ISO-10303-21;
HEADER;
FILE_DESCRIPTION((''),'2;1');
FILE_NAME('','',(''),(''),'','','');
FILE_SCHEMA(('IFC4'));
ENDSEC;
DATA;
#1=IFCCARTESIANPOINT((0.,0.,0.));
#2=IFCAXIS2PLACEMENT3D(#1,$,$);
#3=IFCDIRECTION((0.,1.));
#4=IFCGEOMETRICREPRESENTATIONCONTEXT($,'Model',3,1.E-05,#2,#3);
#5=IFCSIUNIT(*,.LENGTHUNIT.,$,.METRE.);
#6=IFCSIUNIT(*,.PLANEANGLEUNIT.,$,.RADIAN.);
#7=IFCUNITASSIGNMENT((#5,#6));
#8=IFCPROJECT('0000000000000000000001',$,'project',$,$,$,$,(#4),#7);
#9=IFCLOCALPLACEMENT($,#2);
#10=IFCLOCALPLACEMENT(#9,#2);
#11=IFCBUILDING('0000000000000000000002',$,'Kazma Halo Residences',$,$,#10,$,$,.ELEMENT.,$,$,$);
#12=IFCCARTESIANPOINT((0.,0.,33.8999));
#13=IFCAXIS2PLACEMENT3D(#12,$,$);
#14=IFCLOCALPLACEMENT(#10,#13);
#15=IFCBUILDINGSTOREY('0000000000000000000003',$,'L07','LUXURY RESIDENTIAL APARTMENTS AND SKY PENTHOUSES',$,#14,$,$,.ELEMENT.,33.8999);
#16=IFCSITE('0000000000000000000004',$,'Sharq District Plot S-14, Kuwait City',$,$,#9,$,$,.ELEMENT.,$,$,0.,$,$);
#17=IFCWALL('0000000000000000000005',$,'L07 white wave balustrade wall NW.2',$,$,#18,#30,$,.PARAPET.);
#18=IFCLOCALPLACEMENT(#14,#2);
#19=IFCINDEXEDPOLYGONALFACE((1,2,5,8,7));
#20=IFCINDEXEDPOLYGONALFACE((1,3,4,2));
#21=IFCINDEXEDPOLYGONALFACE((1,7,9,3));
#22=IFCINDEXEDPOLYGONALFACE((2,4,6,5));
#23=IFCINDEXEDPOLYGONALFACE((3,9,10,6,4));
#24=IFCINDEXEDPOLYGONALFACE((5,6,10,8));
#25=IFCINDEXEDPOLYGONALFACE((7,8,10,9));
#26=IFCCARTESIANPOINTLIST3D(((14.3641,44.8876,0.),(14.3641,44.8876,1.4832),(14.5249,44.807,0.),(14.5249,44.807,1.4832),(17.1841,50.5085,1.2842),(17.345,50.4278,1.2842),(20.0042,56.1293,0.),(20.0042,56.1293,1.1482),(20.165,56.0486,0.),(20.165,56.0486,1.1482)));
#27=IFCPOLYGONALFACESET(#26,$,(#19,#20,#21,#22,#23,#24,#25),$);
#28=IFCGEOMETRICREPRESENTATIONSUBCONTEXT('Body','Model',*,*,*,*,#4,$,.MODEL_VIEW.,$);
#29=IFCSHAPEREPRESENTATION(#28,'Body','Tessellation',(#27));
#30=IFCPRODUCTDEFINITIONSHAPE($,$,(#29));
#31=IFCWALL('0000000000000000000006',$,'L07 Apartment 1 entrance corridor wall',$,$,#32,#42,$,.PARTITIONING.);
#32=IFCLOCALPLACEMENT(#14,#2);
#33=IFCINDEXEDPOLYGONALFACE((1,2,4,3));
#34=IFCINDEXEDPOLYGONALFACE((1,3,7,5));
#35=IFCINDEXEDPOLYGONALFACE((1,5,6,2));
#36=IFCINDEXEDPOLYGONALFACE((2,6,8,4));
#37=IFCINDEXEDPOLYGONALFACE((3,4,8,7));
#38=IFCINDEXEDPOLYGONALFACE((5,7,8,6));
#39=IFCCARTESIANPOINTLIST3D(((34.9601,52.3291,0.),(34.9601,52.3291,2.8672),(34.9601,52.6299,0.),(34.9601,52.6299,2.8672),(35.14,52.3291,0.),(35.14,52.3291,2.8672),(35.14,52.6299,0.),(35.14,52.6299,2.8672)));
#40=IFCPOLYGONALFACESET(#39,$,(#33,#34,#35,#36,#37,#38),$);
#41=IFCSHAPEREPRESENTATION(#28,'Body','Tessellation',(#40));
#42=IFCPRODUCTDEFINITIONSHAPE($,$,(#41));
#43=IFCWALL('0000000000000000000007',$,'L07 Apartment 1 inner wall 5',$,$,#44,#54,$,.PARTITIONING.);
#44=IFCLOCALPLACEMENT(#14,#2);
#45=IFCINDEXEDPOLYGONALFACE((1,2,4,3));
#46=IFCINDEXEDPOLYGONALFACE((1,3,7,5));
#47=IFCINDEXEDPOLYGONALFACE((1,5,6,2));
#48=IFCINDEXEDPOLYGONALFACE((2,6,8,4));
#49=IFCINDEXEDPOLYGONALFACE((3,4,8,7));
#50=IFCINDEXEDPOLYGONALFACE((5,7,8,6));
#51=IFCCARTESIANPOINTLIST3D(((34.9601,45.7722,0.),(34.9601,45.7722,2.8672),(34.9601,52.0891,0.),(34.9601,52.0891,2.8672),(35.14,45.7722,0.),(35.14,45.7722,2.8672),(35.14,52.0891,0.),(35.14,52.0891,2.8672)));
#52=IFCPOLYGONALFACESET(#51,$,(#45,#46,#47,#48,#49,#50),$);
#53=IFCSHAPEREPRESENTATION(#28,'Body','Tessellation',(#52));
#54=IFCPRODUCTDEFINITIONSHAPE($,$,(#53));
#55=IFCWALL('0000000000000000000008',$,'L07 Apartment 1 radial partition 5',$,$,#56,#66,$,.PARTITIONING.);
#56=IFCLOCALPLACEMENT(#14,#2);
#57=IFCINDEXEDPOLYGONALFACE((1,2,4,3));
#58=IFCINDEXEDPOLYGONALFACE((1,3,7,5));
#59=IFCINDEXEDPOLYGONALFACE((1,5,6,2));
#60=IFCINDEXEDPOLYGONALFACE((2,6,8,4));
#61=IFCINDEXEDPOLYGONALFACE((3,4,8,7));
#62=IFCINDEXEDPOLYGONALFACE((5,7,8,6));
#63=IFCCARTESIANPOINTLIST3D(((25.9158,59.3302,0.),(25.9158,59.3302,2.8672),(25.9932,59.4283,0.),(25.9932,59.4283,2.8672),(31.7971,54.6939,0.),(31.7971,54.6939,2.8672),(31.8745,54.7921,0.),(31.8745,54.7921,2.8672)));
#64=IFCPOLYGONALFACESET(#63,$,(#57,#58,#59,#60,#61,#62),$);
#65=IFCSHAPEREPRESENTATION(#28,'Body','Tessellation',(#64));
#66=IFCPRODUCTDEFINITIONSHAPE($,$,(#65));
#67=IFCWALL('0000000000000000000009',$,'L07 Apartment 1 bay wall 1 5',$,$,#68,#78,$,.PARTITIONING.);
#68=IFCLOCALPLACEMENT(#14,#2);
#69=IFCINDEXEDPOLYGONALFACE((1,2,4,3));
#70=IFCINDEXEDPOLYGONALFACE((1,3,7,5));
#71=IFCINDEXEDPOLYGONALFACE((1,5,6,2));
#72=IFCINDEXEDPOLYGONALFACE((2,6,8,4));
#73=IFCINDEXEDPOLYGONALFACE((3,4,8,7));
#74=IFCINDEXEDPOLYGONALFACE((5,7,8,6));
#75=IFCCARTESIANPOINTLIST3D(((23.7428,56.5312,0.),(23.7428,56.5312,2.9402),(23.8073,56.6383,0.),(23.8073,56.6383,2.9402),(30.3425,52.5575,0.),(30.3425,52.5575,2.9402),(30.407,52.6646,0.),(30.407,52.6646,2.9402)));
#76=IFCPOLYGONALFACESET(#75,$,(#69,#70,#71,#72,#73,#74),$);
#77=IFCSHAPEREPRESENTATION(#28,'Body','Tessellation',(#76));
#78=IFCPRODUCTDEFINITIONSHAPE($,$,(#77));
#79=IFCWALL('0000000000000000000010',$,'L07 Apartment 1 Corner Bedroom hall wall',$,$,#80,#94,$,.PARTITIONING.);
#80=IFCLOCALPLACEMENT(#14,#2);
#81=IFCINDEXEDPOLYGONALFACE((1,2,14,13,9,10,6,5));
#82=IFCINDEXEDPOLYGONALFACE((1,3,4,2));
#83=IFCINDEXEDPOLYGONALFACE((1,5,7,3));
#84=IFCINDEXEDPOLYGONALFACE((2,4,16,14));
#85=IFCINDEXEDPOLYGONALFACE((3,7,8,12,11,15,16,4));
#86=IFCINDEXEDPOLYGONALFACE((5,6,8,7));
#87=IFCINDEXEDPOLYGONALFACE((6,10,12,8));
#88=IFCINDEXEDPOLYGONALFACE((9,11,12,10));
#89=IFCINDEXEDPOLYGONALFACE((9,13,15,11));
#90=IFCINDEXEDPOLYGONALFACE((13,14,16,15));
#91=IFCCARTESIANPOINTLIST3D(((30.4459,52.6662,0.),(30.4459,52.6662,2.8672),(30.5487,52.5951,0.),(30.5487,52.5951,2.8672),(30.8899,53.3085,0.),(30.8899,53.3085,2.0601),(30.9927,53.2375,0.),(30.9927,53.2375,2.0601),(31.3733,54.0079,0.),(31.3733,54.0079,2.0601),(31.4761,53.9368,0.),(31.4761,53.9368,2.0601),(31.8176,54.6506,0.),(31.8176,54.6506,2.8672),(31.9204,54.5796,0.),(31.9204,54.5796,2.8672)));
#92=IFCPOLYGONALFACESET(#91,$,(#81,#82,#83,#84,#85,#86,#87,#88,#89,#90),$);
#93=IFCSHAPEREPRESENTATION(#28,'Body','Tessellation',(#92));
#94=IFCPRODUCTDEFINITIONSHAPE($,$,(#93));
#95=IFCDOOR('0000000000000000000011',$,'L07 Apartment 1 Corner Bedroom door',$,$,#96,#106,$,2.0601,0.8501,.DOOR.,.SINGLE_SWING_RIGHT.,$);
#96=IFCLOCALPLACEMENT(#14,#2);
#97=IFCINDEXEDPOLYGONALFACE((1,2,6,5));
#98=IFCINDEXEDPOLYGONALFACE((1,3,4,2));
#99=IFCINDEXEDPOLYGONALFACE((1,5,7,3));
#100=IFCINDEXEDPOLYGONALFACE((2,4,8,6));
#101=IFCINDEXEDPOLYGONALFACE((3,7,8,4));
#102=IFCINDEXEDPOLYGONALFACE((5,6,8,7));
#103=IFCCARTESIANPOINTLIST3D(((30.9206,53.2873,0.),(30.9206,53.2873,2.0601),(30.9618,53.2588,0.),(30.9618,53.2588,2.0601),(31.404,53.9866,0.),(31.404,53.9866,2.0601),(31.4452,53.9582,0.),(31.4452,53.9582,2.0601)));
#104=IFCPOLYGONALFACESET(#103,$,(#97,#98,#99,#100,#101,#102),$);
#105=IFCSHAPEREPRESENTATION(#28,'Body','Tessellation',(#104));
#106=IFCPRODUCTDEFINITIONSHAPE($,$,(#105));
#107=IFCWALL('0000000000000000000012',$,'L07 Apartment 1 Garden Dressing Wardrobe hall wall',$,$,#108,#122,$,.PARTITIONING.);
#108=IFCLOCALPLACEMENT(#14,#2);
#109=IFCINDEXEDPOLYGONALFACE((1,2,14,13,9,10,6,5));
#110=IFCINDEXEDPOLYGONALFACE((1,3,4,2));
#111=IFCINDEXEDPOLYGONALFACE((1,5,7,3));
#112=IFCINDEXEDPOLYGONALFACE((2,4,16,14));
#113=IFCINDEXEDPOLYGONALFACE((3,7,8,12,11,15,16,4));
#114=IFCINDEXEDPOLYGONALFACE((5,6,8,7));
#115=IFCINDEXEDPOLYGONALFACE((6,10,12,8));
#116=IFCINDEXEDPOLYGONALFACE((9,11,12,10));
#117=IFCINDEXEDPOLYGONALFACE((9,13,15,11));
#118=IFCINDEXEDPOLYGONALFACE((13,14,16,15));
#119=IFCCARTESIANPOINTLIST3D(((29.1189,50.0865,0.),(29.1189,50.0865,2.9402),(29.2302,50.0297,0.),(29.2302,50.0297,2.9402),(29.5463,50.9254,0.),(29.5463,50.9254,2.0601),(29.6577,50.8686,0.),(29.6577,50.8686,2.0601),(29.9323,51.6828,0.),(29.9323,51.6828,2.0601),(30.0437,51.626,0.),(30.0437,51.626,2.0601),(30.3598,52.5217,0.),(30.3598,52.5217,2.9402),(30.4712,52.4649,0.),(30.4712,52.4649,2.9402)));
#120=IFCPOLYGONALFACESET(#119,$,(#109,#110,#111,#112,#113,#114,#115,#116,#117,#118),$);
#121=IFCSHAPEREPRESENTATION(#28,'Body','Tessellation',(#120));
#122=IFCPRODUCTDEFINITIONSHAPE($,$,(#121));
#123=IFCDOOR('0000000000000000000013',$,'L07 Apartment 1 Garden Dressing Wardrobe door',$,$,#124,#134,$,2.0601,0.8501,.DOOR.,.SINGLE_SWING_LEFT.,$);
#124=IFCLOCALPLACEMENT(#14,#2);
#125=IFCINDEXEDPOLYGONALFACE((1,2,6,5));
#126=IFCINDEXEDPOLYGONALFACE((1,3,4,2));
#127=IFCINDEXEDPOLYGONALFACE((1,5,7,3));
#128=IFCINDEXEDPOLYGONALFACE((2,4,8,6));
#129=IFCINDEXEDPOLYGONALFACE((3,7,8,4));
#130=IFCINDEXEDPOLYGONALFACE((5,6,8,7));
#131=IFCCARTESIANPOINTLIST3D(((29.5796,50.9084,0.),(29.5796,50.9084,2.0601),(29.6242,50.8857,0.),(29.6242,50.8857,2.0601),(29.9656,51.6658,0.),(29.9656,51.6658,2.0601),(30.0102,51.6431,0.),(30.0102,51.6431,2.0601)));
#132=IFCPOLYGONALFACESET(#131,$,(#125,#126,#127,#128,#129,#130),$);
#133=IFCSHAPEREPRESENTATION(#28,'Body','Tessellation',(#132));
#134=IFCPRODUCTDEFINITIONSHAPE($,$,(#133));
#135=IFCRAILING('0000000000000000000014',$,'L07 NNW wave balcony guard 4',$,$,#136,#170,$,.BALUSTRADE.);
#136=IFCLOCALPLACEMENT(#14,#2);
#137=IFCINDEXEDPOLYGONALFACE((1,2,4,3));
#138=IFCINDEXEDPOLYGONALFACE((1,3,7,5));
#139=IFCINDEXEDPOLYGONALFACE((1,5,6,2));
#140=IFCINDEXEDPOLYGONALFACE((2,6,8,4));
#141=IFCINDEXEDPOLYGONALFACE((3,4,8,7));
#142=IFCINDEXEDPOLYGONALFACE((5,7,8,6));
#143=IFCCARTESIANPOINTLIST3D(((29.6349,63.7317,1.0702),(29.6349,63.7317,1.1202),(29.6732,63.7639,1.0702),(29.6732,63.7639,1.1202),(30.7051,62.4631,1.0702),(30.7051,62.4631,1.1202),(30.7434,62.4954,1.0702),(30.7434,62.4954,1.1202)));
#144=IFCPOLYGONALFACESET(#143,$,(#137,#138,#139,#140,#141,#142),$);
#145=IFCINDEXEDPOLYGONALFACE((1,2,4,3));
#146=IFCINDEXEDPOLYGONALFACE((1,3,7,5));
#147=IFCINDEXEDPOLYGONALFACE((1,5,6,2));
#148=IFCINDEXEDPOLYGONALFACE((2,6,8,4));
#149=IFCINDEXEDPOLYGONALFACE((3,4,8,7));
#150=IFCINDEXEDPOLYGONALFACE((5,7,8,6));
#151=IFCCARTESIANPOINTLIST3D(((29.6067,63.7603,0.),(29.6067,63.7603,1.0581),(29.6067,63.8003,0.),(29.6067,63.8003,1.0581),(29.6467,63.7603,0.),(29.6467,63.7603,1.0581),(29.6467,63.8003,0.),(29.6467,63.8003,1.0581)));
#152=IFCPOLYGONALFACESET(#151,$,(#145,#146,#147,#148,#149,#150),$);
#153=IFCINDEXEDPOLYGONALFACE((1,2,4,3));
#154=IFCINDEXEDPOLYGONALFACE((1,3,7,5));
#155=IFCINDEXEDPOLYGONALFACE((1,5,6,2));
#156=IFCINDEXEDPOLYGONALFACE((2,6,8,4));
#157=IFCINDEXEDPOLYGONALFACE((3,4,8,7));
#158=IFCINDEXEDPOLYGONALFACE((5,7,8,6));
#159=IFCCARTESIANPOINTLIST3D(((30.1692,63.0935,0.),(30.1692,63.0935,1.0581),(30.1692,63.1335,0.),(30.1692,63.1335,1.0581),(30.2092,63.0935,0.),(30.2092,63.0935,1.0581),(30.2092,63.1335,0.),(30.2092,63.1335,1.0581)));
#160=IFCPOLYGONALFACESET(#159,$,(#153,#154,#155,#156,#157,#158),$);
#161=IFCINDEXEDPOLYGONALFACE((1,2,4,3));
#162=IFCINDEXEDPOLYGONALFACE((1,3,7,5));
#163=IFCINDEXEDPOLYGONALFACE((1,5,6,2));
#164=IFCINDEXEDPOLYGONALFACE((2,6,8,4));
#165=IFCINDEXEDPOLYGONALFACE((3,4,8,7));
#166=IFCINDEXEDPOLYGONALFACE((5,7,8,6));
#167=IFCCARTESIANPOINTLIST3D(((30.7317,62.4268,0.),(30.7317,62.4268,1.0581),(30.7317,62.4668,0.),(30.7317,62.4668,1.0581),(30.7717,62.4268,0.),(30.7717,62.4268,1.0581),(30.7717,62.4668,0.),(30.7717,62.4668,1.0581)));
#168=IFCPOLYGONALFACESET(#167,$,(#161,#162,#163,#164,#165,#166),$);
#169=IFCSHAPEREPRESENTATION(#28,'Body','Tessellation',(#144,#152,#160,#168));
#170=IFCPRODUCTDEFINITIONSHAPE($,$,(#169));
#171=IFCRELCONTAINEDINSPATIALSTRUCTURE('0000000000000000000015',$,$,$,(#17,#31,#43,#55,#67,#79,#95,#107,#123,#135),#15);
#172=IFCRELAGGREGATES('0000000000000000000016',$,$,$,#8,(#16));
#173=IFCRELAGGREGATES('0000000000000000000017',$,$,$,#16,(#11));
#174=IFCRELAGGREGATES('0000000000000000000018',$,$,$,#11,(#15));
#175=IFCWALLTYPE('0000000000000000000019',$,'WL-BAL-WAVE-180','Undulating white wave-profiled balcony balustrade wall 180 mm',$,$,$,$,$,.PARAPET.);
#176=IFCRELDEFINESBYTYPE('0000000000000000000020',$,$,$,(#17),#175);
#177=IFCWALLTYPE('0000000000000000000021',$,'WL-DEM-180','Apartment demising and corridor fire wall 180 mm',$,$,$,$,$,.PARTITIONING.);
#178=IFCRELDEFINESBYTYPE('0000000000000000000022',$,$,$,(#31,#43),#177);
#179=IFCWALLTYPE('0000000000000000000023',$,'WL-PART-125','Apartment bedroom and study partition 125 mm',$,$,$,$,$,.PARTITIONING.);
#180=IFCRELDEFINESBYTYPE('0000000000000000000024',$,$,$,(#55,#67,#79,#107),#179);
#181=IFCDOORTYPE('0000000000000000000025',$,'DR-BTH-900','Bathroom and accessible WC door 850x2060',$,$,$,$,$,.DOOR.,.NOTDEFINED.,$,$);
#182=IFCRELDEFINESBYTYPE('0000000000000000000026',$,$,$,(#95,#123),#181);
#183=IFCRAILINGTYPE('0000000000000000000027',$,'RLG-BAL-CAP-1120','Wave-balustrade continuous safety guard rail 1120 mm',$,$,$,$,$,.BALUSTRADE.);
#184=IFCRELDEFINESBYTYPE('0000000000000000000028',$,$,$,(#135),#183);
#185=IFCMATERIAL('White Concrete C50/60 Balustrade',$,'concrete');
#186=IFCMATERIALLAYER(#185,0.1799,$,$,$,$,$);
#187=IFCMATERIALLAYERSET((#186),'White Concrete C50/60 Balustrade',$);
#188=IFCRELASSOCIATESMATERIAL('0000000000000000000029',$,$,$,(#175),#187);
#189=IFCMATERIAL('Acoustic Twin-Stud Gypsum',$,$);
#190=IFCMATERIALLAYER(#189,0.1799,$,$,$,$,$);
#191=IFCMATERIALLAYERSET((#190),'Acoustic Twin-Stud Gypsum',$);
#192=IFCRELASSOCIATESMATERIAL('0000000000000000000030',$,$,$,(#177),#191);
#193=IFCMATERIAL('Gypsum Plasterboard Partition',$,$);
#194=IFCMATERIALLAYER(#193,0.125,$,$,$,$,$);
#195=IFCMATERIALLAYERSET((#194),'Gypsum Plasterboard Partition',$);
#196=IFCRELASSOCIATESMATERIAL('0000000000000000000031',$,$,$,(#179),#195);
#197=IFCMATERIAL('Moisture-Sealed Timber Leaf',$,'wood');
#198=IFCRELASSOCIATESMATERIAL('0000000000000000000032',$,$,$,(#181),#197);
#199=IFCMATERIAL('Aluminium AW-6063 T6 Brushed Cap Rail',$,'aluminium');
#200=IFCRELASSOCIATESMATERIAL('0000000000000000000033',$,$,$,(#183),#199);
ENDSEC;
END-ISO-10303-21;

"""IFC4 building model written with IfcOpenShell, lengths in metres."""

from ifc_helpers import new_model, si_unit, direction, frame, frame_2d, origin, origin_2d, place, context, subcontext, project, spatial, polyline, rectangle, outline, extrude, material, layer, layer_set, type_object, element, fill, save


model = new_model("IFC4")

# Units and contexts
model_context = context("Model", 3, precision=1e-05, world=origin(), true_north=direction((0.0, 1.0)))
body_context = subcontext(model_context, "Body", "Model", "MODEL_VIEW")
ifc_project = project(units=[si_unit("LENGTHUNIT", "METRE"), si_unit("PLANEANGLEUNIT", "RADIAN")], contexts=[model_context])

# Site, building, storey
site_placement = place(None, origin())
site = spatial("IfcSite", under=ifc_project, at=site_placement, Name="Sharq District Plot S-14, Kuwait City", CompositionType="ELEMENT", RefElevation=0.0)
building_placement = place(site_placement, origin())
building = spatial("IfcBuilding", under=site, at=building_placement, Name="Kazma Halo Residences", CompositionType="ELEMENT")
storey_placement = place(building_placement, frame((0.0, 0.0, 33.8999)))
storey = spatial("IfcBuildingStorey", under=building, at=storey_placement, Name="L07", Description="LUXURY RESIDENTIAL APARTMENTS AND SKY PENTHOUSES", CompositionType="ELEMENT", Elevation=33.8999)

# Walls
ifc_material_1 = material(Name="White Concrete C50/60 Balustrade", Category="concrete")
ifc_layer_1 = layer(ifc_material_1, 0.1799)
ifc_layer_set_1 = layer_set([ifc_layer_1], Name="White Concrete C50/60 Balustrade")
wall_type_1 = type_object("IfcWallType", Name="WL-BAL-WAVE-180", Description="Undulating white wave-profiled balcony balustrade wall 180 mm", PredefinedType="PARAPET", material=ifc_layer_set_1)
wall_1_placement = place(storey_placement, frame((20.0847, 56.0889, 0.0), z_axis=(0.0, 0.0, 1.0), x_axis=(-0.44844, -0.893813, 0.0)))
element("IfcWall", 1, at=wall_1_placement, inside=storey, type_object=wall_type_1, Name="L07 white wave balustrade wall NW.2", PredefinedType="PARAPET", context=body_context, shape_type="SweptSolid", body=[
    extrude(outline(polyline([(0.0, 0.0), (12.5771, 0.0), (12.5771, 1.4832), (6.2886, 1.2842), (0.0, 1.1482), (0.0, 0.0)])), frame((0.0, 0.0898, 0.0), z_axis=(0.0, -1.0, 0.0), x_axis=(1.0, 0.0, 0.0)), (0.0, 0.0, 1.0), 0.1799),
])
ifc_material_2 = material(Name="Acoustic Twin-Stud Gypsum")
ifc_layer_2 = layer(ifc_material_2, 0.1799)
ifc_layer_set_2 = layer_set([ifc_layer_2], Name="Acoustic Twin-Stud Gypsum")
wall_type_2 = type_object("IfcWallType", Name="WL-DEM-180", Description="Apartment demising and corridor fire wall 180 mm", PredefinedType="PARTITIONING", material=ifc_layer_set_2)
wall_2_placement = place(storey_placement, frame((35.05, 52.6299, 0.0), z_axis=(0.0, 0.0, 1.0), x_axis=(0.0, -1.0, 0.0)))
element("IfcWall", 2, at=wall_2_placement, inside=storey, type_object=wall_type_2, Name="L07 Apartment 1 entrance corridor wall", PredefinedType="PARTITIONING", context=body_context, shape_type="SweptSolid", body=[
    extrude(rectangle(XDim=0.3008, YDim=0.1799, at=frame_2d((0.1504, 0.0))), origin(), (0.0, 0.0, 1.0), 2.8672),
])
wall_3_placement = place(storey_placement, frame((35.05, 52.0891, 0.0), z_axis=(0.0, 0.0, 1.0), x_axis=(0.0, -1.0, 0.0)))
element("IfcWall", 3, at=wall_3_placement, inside=storey, type_object=wall_type_2, Name="L07 Apartment 1 inner wall 5", PredefinedType="PARTITIONING", context=body_context, shape_type="SweptSolid", body=[
    extrude(rectangle(XDim=6.3169, YDim=0.1799, at=frame_2d((3.1584, 0.0))), origin(), (0.0, 0.0, 1.0), 2.8672),
])

# Walls
ifc_material_3 = material(Name="Gypsum Plasterboard Partition")
ifc_layer_3 = layer(ifc_material_3, 0.125)
ifc_layer_set_3 = layer_set([ifc_layer_3], Name="Gypsum Plasterboard Partition")
wall_type_3 = type_object("IfcWallType", Name="WL-PART-125", Description="Apartment bedroom and study partition 125 mm", PredefinedType="PARTITIONING", material=ifc_layer_set_3)
wall_4_placement = place(storey_placement, frame((31.8359, 54.7429, 0.0), z_axis=(0.0, 0.0, 1.0), x_axis=(-0.785333, 0.619073, 0.0)))
element("IfcWall", 4, at=wall_4_placement, inside=storey, type_object=wall_type_3, Name="L07 Apartment 1 radial partition 5", PredefinedType="PARTITIONING", context=body_context, shape_type="SweptSolid", body=[
    extrude(rectangle(XDim=7.489, YDim=0.125, at=frame_2d((3.7446, 0.0))), origin(), (0.0, 0.0, 1.0), 2.8672),
])
wall_5_placement = place(storey_placement, frame((30.3748, 52.6111, 0.0), z_axis=(0.0, 0.0, 1.0), x_axis=(-0.856698, 0.515819, 0.0)))
element("IfcWall", 5, at=wall_5_placement, inside=storey, type_object=wall_type_3, Name="L07 Apartment 1 bay wall 1 5", PredefinedType="PARTITIONING", context=body_context, shape_type="SweptSolid", body=[
    extrude(rectangle(XDim=7.7036, YDim=0.125, at=frame_2d((3.8518, 0.0))), origin(), (0.0, 0.0, 1.0), 2.9402),
])

# Walls, openings, doors
wall_6_placement = place(storey_placement, frame((31.8689, 54.615, 0.0), z_axis=(0.0, 0.0, 1.0), x_axis=(-0.568589, -0.822622, 0.0)))
wall_6 = element("IfcWall", 6, at=wall_6_placement, inside=storey, type_object=wall_type_3, Name="L07 Apartment 1 Corner Bedroom hall wall", PredefinedType="PARTITIONING", context=body_context, shape_type="SweptSolid", body=[
    extrude(rectangle(XDim=2.4124, YDim=0.125, at=frame_2d((1.2061, 0.0))), origin(), (0.0, 0.0, 1.0), 2.8672),
])
opening_1_placement = place(wall_6_placement, frame((0.7812, 0.0, 0.0)))
opening_1 = element("IfcOpeningElement", 7, at=opening_1_placement, cuts=wall_6, PredefinedType="OPENING", context=body_context, shape_type="SweptSolid", body=[
    extrude(rectangle(XDim=0.8501, YDim=2.0601, at=frame_2d((0.425, 1.03))), frame((0.0, 0.0725, 0.0), z_axis=(0.0, -1.0, 0.0), x_axis=(1.0, 0.0, 0.0)), (0.0, 0.0, 1.0), 0.145),
])
ifc_material_4 = material(Name="Moisture-Sealed Timber Leaf", Category="wood")
door_type_1 = type_object("IfcDoorType", Name="DR-BTH-900", Description="Bathroom and accessible WC door 850x2060", OperationType="NOTDEFINED", PredefinedType="DOOR", material=ifc_material_4)
door_1_placement = place(opening_1_placement, origin())
door_1 = element("IfcDoor", 8, at=door_1_placement, inside=storey, type_object=door_type_1, Name="L07 Apartment 1 Corner Bedroom door", OperationType="SINGLE_SWING_RIGHT", OverallHeight=2.0601, OverallWidth=0.8501, PredefinedType="DOOR", context=body_context, shape_type="SweptSolid", body=[
    extrude(rectangle(XDim=0.8501, YDim=2.0601, at=frame_2d((0.425, 1.03))), frame((0.0, 0.0249, 0.0), z_axis=(0.0, -1.0, 0.0), x_axis=(1.0, 0.0, 0.0)), (0.0, 0.0, 1.0), 0.05),
])
fill(opening_1, door_1)
wall_7_placement = place(storey_placement, frame((30.4155, 52.4934, 0.0), z_axis=(0.0, 0.0, 1.0), x_axis=(-0.454025, -0.890989, 0.0)))
wall_7 = element("IfcWall", 9, at=wall_7_placement, inside=storey, type_object=wall_type_3, Name="L07 Apartment 1 Garden Dressing Wardrobe hall wall", PredefinedType="PARTITIONING", context=body_context, shape_type="SweptSolid", body=[
    extrude(rectangle(XDim=2.7332, YDim=0.125, at=frame_2d((1.3667, 0.0))), origin(), (0.0, 0.0, 1.0), 2.9402),
])
opening_2_placement = place(wall_7_placement, frame((0.9417, 0.0, 0.0)))
opening_2 = element("IfcOpeningElement", 10, at=opening_2_placement, cuts=wall_7, PredefinedType="OPENING", context=body_context, shape_type="SweptSolid", body=[
    extrude(rectangle(XDim=0.8501, YDim=2.0601, at=frame_2d((0.425, 1.03))), frame((0.0, 0.0725, 0.0), z_axis=(0.0, -1.0, 0.0), x_axis=(1.0, 0.0, 0.0)), (0.0, 0.0, 1.0), 0.145),
])
door_2_placement = place(opening_2_placement, origin())
door_2 = element("IfcDoor", 11, at=door_2_placement, inside=storey, type_object=door_type_1, Name="L07 Apartment 1 Garden Dressing Wardrobe door", OperationType="SINGLE_SWING_LEFT", OverallHeight=2.0601, OverallWidth=0.8501, PredefinedType="DOOR", context=body_context, shape_type="SweptSolid", body=[
    extrude(rectangle(XDim=0.8501, YDim=2.0601, at=frame_2d((0.425, 1.03))), frame((0.0, 0.0249, 0.0), z_axis=(0.0, -1.0, 0.0), x_axis=(1.0, 0.0, 0.0)), (0.0, 0.0, 1.0), 0.05),
])
fill(opening_2, door_2)

# Railing
ifc_material_5 = material(Name="Aluminium AW-6063 T6 Brushed Cap Rail", Category="aluminium")
railing_type = type_object("IfcRailingType", Name="RLG-BAL-CAP-1120", Description="Wave-balustrade continuous safety guard rail 1120 mm", PredefinedType="BALUSTRADE", material=ifc_material_5)
railing_1_placement = place(storey_placement, frame((29.6267, 63.7803, 0.0)))
element("IfcRailing", 12, at=railing_1_placement, inside=storey, type_object=railing_type, Name="L07 NNW wave balcony guard 4", PredefinedType="BALUSTRADE", context=body_context, shape_type="SweptSolid", body=[
    extrude(rectangle(XDim=0.05, YDim=0.05, at=origin_2d()), frame((0.0273, -0.0325, 1.0952), z_axis=(0.644825, -0.76433, 0.0), x_axis=(0.76433, 0.644825, 0.0)), (0.0, 0.0, 1.0), 1.6597),
    extrude(rectangle(XDim=0.04, YDim=0.04, at=origin_2d()), origin(), (0.0, 0.0, 1.0), 1.0581),
    extrude(rectangle(XDim=0.04, YDim=0.04, at=origin_2d()), frame((0.5625, -0.6667, 0.0)), (0.0, 0.0, 1.0), 1.0581),
    extrude(rectangle(XDim=0.04, YDim=0.04, at=origin_2d()), frame((1.125, -1.3335, 0.0)), (0.0, 0.0, 1.0), 1.0581),
])

save(model, "model.ifc")
